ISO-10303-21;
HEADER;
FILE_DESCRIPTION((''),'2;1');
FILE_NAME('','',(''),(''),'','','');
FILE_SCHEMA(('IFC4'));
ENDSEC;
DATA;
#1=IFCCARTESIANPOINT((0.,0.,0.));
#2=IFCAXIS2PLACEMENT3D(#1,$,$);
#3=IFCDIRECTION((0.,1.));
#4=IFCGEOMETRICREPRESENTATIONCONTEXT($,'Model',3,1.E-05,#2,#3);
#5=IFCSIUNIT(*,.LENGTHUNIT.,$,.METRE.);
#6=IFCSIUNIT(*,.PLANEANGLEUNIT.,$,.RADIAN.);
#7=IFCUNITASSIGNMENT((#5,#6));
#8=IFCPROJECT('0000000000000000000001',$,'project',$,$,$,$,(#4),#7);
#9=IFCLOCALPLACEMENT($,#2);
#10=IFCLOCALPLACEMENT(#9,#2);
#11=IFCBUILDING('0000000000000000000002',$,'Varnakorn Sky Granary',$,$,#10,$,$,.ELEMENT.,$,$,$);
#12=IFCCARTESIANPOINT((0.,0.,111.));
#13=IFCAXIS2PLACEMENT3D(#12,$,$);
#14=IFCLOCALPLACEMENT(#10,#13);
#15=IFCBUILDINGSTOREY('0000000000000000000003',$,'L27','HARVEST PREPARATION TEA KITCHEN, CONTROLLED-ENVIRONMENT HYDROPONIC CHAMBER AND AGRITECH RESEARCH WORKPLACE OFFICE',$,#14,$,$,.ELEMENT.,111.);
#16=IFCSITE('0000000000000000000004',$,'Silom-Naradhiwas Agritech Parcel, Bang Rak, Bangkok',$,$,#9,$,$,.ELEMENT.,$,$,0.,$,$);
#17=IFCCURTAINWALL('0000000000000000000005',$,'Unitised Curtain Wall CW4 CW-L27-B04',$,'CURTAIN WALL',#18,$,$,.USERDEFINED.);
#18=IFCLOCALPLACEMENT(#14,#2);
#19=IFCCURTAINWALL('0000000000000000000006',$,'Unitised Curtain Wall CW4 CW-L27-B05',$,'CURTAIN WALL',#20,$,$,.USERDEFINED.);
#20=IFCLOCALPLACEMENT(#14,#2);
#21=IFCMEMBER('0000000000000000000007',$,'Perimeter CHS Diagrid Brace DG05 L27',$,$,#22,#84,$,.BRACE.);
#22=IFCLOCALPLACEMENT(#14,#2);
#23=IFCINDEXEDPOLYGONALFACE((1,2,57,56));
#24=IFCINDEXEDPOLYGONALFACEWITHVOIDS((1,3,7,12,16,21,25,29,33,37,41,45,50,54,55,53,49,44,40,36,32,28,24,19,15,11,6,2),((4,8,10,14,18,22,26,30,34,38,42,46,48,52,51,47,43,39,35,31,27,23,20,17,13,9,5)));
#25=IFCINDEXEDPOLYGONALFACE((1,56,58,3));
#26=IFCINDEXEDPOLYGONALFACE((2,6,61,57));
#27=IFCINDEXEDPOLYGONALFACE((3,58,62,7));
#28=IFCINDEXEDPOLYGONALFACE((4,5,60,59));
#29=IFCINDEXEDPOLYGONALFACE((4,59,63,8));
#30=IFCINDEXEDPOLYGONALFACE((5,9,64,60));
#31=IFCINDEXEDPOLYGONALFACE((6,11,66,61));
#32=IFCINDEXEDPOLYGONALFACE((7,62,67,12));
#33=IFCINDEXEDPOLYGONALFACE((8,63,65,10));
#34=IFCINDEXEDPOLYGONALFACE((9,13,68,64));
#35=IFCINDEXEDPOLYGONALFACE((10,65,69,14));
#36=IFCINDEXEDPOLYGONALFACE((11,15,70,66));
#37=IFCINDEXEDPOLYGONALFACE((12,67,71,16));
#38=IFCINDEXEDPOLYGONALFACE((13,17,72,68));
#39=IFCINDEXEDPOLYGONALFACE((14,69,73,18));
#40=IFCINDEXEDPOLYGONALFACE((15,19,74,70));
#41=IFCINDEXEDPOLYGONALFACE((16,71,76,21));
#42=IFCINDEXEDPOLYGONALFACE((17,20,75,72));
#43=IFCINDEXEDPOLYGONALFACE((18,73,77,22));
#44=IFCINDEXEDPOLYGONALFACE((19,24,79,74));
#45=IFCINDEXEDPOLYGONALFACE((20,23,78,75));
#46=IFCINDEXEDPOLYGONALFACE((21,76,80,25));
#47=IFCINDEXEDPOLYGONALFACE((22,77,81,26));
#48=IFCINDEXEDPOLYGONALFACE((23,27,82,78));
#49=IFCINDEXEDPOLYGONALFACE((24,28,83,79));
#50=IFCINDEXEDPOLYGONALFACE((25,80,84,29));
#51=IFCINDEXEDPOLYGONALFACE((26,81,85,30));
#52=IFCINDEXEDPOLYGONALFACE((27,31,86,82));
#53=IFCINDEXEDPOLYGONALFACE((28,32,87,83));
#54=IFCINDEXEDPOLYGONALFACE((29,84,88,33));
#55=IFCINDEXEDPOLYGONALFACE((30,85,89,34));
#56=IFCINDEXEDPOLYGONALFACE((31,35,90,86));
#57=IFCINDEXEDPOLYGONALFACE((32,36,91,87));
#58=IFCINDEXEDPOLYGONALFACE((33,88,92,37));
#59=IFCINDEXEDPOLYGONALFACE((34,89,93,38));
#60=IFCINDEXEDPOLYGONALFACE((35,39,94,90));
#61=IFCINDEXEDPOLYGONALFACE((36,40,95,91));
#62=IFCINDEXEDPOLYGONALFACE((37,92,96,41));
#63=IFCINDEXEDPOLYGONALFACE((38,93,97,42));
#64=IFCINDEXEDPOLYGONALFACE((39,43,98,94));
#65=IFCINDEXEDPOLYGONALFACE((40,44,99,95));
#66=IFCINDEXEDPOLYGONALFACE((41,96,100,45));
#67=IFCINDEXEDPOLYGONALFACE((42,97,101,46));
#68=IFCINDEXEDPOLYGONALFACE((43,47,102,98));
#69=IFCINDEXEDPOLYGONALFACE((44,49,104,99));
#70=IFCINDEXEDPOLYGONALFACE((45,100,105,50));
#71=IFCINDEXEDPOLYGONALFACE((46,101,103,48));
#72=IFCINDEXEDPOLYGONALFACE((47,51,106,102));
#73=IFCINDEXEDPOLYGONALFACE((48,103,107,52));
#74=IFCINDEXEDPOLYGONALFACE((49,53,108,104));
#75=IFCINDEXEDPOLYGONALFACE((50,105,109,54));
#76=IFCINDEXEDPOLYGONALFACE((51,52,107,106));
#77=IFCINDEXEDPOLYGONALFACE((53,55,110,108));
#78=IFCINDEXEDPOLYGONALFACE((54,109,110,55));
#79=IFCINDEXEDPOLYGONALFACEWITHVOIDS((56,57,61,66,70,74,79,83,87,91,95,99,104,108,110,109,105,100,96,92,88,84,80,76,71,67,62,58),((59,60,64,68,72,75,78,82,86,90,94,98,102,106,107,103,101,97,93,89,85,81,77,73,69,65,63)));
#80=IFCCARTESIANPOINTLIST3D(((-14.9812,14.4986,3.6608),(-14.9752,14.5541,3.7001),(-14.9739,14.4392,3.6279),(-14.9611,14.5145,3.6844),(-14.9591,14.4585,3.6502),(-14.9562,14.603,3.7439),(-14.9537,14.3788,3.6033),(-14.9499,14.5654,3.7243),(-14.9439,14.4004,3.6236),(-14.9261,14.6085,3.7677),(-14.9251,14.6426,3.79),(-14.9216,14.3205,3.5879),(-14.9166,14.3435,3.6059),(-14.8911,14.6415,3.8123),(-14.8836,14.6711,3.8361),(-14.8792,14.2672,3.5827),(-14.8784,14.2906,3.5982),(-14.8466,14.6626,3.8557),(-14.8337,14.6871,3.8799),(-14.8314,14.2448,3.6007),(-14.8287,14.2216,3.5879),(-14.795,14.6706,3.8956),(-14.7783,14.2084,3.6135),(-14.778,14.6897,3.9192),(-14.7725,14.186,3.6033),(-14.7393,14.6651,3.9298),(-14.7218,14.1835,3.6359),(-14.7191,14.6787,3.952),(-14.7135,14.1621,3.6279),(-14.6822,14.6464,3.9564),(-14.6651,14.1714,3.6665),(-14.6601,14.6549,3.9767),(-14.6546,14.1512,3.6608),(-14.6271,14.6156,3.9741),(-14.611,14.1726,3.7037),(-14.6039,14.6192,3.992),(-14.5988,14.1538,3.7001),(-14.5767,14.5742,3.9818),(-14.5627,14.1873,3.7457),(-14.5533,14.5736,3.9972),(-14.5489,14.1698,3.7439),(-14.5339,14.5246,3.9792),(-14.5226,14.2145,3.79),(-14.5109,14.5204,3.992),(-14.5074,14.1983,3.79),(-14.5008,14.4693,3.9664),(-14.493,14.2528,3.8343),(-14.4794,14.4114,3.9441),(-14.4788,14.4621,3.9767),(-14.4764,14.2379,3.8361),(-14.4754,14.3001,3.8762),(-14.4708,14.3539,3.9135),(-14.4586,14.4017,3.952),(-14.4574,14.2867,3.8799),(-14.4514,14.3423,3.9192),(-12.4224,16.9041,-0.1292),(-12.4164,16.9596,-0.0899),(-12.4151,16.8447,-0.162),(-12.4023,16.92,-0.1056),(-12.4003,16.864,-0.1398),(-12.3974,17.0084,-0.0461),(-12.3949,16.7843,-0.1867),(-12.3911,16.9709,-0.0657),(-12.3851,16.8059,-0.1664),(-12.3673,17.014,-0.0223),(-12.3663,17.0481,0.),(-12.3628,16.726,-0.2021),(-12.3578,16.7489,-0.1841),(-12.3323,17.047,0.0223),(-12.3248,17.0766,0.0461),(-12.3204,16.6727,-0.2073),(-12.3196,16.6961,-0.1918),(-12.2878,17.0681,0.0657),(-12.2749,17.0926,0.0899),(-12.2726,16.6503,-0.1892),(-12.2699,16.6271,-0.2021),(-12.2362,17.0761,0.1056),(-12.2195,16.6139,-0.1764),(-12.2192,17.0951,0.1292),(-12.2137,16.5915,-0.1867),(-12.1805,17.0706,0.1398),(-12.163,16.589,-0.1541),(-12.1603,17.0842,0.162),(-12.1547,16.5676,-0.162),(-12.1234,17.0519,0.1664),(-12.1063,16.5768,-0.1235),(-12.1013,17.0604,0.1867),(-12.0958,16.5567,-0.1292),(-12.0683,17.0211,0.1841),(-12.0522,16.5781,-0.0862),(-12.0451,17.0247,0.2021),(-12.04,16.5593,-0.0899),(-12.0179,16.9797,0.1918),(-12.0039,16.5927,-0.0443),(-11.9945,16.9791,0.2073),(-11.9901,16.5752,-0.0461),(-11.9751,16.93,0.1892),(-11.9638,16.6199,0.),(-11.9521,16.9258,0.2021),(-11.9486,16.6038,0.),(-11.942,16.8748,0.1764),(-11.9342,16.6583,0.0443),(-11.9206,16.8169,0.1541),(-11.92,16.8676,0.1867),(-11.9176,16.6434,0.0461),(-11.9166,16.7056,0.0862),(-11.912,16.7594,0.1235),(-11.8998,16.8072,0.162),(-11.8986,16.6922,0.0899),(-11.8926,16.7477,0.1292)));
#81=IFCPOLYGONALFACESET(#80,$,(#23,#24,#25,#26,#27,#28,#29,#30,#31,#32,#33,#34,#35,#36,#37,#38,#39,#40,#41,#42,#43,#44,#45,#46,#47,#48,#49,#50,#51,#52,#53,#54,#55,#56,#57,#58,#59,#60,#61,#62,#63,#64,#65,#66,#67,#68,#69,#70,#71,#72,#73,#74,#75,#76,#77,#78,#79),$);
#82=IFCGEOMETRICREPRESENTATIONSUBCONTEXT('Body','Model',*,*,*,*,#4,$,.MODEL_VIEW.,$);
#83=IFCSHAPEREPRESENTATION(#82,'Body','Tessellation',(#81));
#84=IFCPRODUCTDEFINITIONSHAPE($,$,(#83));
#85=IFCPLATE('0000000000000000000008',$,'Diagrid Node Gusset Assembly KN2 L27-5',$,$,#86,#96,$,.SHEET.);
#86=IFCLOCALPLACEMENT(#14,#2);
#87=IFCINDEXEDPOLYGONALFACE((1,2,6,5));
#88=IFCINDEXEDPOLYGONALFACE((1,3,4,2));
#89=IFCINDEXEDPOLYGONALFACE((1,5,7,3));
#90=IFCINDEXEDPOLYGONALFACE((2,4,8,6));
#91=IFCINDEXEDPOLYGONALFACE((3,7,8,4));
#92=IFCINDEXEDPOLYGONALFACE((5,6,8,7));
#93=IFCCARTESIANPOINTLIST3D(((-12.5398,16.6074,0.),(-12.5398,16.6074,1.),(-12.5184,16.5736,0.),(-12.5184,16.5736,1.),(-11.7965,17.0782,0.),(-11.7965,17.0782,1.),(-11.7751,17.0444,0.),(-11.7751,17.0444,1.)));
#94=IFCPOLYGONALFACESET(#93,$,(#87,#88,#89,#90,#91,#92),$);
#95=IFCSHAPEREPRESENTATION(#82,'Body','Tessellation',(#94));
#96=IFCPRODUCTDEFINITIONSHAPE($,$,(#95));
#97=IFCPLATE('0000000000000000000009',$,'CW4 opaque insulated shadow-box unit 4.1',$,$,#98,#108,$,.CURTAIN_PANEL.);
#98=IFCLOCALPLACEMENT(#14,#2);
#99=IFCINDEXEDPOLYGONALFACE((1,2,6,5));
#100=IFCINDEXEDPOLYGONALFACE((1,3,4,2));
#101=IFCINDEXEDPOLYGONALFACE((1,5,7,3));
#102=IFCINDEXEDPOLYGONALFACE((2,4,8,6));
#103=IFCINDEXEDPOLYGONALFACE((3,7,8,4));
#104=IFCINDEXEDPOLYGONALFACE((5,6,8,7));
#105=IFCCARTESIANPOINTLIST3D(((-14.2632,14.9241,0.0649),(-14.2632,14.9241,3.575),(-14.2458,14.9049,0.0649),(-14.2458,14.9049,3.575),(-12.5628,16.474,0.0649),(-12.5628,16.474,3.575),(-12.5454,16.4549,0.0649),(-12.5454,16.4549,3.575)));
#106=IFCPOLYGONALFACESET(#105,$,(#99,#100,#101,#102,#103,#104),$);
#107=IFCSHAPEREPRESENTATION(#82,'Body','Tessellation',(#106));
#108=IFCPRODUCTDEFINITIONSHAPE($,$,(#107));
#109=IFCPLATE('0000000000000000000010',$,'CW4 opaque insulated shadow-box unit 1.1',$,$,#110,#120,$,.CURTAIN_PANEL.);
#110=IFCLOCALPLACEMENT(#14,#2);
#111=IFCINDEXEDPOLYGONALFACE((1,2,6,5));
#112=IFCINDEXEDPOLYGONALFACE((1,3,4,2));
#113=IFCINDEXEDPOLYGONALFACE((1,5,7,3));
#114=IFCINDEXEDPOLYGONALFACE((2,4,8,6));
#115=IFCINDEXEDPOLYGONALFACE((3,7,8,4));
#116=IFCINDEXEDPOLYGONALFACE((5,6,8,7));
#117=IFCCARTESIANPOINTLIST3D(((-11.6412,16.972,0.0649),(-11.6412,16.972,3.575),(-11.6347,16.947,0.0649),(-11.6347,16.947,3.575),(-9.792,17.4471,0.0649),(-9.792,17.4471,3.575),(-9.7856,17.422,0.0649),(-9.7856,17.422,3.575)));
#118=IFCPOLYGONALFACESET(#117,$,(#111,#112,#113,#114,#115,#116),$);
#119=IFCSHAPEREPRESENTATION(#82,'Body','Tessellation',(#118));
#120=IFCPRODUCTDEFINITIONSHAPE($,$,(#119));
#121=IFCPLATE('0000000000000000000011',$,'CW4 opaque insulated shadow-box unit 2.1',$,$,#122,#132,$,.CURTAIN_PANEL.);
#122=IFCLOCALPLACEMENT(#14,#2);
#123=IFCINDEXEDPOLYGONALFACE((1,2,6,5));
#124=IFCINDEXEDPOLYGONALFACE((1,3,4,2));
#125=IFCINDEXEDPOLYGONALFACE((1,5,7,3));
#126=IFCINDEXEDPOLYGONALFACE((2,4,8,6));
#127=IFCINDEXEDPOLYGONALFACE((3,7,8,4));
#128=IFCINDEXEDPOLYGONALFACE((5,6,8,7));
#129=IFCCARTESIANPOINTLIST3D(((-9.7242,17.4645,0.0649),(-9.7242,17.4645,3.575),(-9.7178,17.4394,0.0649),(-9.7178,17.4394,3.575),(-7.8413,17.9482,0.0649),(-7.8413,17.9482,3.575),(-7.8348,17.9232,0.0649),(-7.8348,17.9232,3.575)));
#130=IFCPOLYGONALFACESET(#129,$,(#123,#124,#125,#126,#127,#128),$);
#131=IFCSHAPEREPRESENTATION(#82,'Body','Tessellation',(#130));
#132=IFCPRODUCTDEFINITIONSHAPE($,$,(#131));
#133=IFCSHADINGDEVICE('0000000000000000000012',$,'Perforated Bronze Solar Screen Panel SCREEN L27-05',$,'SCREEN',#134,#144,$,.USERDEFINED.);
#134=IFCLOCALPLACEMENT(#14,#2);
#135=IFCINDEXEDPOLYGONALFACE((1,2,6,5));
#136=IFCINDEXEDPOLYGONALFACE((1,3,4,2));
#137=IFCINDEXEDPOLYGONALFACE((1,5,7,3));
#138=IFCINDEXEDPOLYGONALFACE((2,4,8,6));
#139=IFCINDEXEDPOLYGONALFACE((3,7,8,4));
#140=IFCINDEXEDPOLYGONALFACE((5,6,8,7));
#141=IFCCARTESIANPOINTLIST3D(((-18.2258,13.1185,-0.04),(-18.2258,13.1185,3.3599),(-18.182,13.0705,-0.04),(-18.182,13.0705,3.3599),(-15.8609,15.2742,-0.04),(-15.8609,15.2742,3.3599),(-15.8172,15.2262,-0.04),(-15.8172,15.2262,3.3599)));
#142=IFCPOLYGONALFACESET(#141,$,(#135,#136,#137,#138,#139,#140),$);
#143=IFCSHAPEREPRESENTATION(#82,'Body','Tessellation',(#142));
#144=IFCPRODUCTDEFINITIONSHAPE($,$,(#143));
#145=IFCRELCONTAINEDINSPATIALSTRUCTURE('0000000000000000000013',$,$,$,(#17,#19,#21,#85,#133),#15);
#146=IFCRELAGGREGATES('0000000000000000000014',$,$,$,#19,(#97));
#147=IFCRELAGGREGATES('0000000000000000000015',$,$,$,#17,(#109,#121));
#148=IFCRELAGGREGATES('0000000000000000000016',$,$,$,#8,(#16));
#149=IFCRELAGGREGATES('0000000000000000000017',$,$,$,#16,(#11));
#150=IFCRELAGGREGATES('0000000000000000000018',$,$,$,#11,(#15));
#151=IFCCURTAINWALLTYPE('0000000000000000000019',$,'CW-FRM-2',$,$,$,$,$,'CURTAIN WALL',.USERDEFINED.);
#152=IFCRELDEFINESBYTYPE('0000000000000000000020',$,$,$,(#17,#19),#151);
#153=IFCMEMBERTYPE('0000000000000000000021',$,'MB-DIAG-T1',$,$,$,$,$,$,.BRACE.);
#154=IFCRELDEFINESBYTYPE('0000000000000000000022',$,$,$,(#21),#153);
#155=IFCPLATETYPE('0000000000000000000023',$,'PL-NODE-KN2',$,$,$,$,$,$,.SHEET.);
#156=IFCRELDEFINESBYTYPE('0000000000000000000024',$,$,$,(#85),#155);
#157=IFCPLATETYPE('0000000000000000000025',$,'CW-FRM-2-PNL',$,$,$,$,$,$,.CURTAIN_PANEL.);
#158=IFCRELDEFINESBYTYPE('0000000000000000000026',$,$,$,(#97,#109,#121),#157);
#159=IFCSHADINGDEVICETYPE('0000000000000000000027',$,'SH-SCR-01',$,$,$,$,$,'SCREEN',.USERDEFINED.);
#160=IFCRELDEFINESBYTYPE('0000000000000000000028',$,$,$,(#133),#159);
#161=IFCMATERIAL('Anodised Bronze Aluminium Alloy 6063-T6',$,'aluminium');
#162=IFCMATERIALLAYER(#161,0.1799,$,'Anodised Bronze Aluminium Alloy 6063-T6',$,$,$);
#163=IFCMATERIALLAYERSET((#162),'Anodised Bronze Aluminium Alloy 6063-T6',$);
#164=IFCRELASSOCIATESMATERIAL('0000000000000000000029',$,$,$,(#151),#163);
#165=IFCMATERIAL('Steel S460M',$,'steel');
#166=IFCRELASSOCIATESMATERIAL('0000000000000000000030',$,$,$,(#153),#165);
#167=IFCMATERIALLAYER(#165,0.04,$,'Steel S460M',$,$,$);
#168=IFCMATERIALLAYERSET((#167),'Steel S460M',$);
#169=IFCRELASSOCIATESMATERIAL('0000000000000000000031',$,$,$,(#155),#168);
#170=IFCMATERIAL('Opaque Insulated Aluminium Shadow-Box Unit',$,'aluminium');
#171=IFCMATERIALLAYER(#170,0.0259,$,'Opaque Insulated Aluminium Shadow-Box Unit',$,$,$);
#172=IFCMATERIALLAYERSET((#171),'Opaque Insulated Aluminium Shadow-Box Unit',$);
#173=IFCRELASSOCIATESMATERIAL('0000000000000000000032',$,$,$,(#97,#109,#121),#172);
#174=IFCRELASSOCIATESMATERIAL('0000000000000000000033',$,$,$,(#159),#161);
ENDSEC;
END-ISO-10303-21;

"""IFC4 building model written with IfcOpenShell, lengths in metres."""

from ifc_helpers import new_model, si_unit, direction, frame, origin, origin_2d, place, context, subcontext, project, spatial, rectangle, hollow_circle, extrude, source, transform, mapped, material, layer, layer_set, material_profile, profile_set, type_object, type_shapes, element, aggregate, save


model = new_model("IFC4")

# Units and contexts
model_context = context("Model", 3, precision=1e-05, world=origin(), true_north=direction((0.0, 1.0)))
body_context = subcontext(model_context, "Body", "Model", "MODEL_VIEW")
ifc_project = project(units=[si_unit("LENGTHUNIT", "METRE"), si_unit("PLANEANGLEUNIT", "RADIAN")], contexts=[model_context])

# Site, building, storey
site_placement = place(None, origin())
site = spatial("IfcSite", under=ifc_project, at=site_placement, Name="Silom-Naradhiwas Agritech Parcel, Bang Rak, Bangkok", CompositionType="ELEMENT", RefElevation=0.0)
building_placement = place(site_placement, origin())
building = spatial("IfcBuilding", under=site, at=building_placement, Name="Varnakorn Sky Granary", CompositionType="ELEMENT")
storey_placement = place(building_placement, frame((0.0, 0.0, 111.0)))
storey = spatial("IfcBuildingStorey", under=building, at=storey_placement, Name="L27", Description="HARVEST PREPARATION TEA KITCHEN, CONTROLLED-ENVIRONMENT HYDROPONIC CHAMBER AND AGRITECH RESEARCH WORKPLACE OFFICE", CompositionType="ELEMENT", Elevation=111.0)

# Shared definitions
ifc_material_1 = material(Name="Steel S460M", Category="steel")

# Curtain walls
ifc_material_2 = material(Name="Anodised Bronze Aluminium Alloy 6063-T6", Category="aluminium")
ifc_layer_1 = layer(ifc_material_2, 0.1799, Name="Anodised Bronze Aluminium Alloy 6063-T6")
ifc_layer_set_1 = layer_set([ifc_layer_1], Name="Anodised Bronze Aluminium Alloy 6063-T6")
curtain_wall_type = type_object("IfcCurtainWallType", Name="CW-FRM-2", ElementType="CURTAIN WALL", PredefinedType="USERDEFINED", material=ifc_layer_set_1)
curtain_wall_1_placement = place(storey_placement, origin())
curtain_wall_1 = element("IfcCurtainWall", 1, at=curtain_wall_1_placement, inside=storey, type_object=curtain_wall_type, Name="Unitised Curtain Wall CW4 CW-L27-B04", ObjectType="CURTAIN WALL", PredefinedType="USERDEFINED")
curtain_wall_2_placement = place(storey_placement, origin())
curtain_wall_2 = element("IfcCurtainWall", 2, at=curtain_wall_2_placement, inside=storey, type_object=curtain_wall_type, Name="Unitised Curtain Wall CW4 CW-L27-B05", ObjectType="CURTAIN WALL", PredefinedType="USERDEFINED")

# Member
ifc_material_profile_1 = material_profile(ifc_material_1, hollow_circle(Radius=0.3049, WallThickness=0.0222, at=origin_2d()), Name="CHS 610x22")
ifc_profile_set_1 = profile_set([ifc_material_profile_1], Name="Steel S460M")
member_type_1 = type_object("IfcMemberType", Name="MB-DIAG-T1", PredefinedType="BRACE", material=ifc_profile_set_1)
member_1_placement = place(storey_placement, frame((-12.1575, 16.8259, 0.0), z_axis=(-0.495221, -0.465548, 0.733499), x_axis=(0.684942, -0.728598, 0.0)))
element("IfcMember", 3, at=member_1_placement, inside=storey, type_object=member_type_1, Name="Perimeter CHS Diagrid Brace DG05 L27", PredefinedType="BRACE", context=body_context, shape_type="SweptSolid", body=[
    extrude(hollow_circle(Radius=0.3049, WallThickness=0.0222, at=origin_2d()), origin(), (0.0, 0.0, 1.0), 5.167),
])

# Plates
ifc_layer_2 = layer(ifc_material_1, 0.04, Name="Steel S460M")
ifc_layer_set_2 = layer_set([ifc_layer_2], Name="Steel S460M")
plate_type_1 = type_object("IfcPlateType", Name="PL-NODE-KN2", PredefinedType="SHEET", material=ifc_layer_set_2)
plate_1_placement = place(storey_placement, frame((-12.1575, 16.8259, 0.0), z_axis=(0.0, 0.0, 1.0), x_axis=(-0.844796, -0.535089, 0.0)))
element("IfcPlate", 4, at=plate_1_placement, inside=storey, type_object=plate_type_1, Name="Diagrid Node Gusset Assembly KN2 L27-5", PredefinedType="SHEET", context=body_context, shape_type="SweptSolid", body=[
    extrude(rectangle(XDim=0.8799, YDim=0.04, at=origin_2d()), origin(), (0.0, 0.0, 1.0), 1.0),
])
ifc_material_3 = material(Name="Opaque Insulated Aluminium Shadow-Box Unit", Category="aluminium")
ifc_layer_3 = layer(ifc_material_3, 0.0259, Name="Opaque Insulated Aluminium Shadow-Box Unit")
ifc_layer_set_3 = layer_set([ifc_layer_3], Name="Opaque Insulated Aluminium Shadow-Box Unit")
plate_type_2 = type_object("IfcPlateType", Name="CW-FRM-2-PNL", PredefinedType="CURTAIN_PANEL")
shared_shape_1 = source(origin(), body_context, "Body", "SweptSolid", [
    extrude(rectangle(XDim=2.3008, YDim=0.0259, at=origin_2d()), origin(), (0.0, 0.0, 1.0), 3.51),
])
plate_2_placement = place(storey_placement, frame((-13.4043, 15.6895, 0.0649), z_axis=(0.0, 0.0, 1.0), x_axis=(0.739047, 0.673654, 0.0)))
plate_2 = element("IfcPlate", 5, at=plate_2_placement, type_object=plate_type_2, material=ifc_layer_set_3, Name="CW4 opaque insulated shadow-box unit 4.1", PredefinedType="CURTAIN_PANEL", context=body_context, shape_type="MappedRepresentation", body=[
    mapped(shared_shape_1, transform((0.0, 0.0, 0.0), x_axis=(1.0, 0.0, 0.0), y_axis=(0.0, 1.0, 0.0), z_axis=(0.0, 0.0, 1.0), scale=1.0)),
])
aggregate(curtain_wall_2, [plate_2])
shared_shape_2 = source(origin(), body_context, "Body", "SweptSolid", [
    extrude(rectangle(XDim=1.9092, YDim=0.0259, at=origin_2d()), origin(), (0.0, 0.0, 1.0), 3.51),
])
plate_3_placement = place(storey_placement, frame((-10.7134, 17.197, 0.0649), z_axis=(0.0, 0.0, 1.0), x_axis=(0.968549, 0.248823, 0.0)))
plate_3 = element("IfcPlate", 6, at=plate_3_placement, type_object=plate_type_2, material=ifc_layer_set_3, Name="CW4 opaque insulated shadow-box unit 1.1", PredefinedType="CURTAIN_PANEL", context=body_context, shape_type="MappedRepresentation", body=[
    mapped(shared_shape_2, transform((0.0, 0.0, 0.0), x_axis=(1.0, 0.0, 0.0), y_axis=(0.0, 1.0, 0.0), z_axis=(0.0, 0.0, 1.0), scale=1.0)),
])
shared_shape_3 = source(origin(), body_context, "Body", "SweptSolid", [
    extrude(rectangle(XDim=1.9441, YDim=0.0259, at=origin_2d()), origin(), (0.0, 0.0, 1.0), 3.51),
])
type_shapes(plate_type_2, [shared_shape_1, shared_shape_2, shared_shape_3])
plate_4_placement = place(storey_placement, frame((-8.7795, 17.6938, 0.0649), z_axis=(0.0, 0.0, 1.0), x_axis=(0.968549, 0.248823, 0.0)))
plate_4 = element("IfcPlate", 7, at=plate_4_placement, type_object=plate_type_2, material=ifc_layer_set_3, Name="CW4 opaque insulated shadow-box unit 2.1", PredefinedType="CURTAIN_PANEL", context=body_context, shape_type="MappedRepresentation", body=[
    mapped(shared_shape_3, transform((0.0, 0.0, 0.0), x_axis=(1.0, 0.0, 0.0), y_axis=(0.0, 1.0, 0.0), z_axis=(0.0, 0.0, 1.0), scale=1.0)),
])
aggregate(curtain_wall_1, [plate_3, plate_4])

# Shading device
shading_device_type = type_object("IfcShadingDeviceType", Name="SH-SCR-01", ElementType="SCREEN", PredefinedType="USERDEFINED", material=ifc_material_2)
shared_shape_4 = source(origin(), body_context, "Body", "SweptSolid", [
    extrude(rectangle(XDim=3.2, YDim=0.0649, at=origin_2d()), origin(), (0.0, 0.0, 1.0), 3.3999),
])
type_shapes(shading_device_type, [shared_shape_4])
shading_device_placement = place(storey_placement, frame((-17.0215, 14.1724, -0.04), z_axis=(0.0, 0.0, 1.0), x_axis=(-0.73903, -0.673673, 0.0)))
element("IfcShadingDevice", 8, at=shading_device_placement, inside=storey, type_object=shading_device_type, Name="Perforated Bronze Solar Screen Panel SCREEN L27-05", ObjectType="SCREEN", PredefinedType="USERDEFINED", context=body_context, shape_type="MappedRepresentation", body=[
    mapped(shared_shape_4, transform((0.0, 0.0, 0.0), x_axis=(1.0, 0.0, 0.0), y_axis=(0.0, 1.0, 0.0), z_axis=(0.0, 0.0, 1.0), scale=1.0)),
])

save(model, "model.ifc")
